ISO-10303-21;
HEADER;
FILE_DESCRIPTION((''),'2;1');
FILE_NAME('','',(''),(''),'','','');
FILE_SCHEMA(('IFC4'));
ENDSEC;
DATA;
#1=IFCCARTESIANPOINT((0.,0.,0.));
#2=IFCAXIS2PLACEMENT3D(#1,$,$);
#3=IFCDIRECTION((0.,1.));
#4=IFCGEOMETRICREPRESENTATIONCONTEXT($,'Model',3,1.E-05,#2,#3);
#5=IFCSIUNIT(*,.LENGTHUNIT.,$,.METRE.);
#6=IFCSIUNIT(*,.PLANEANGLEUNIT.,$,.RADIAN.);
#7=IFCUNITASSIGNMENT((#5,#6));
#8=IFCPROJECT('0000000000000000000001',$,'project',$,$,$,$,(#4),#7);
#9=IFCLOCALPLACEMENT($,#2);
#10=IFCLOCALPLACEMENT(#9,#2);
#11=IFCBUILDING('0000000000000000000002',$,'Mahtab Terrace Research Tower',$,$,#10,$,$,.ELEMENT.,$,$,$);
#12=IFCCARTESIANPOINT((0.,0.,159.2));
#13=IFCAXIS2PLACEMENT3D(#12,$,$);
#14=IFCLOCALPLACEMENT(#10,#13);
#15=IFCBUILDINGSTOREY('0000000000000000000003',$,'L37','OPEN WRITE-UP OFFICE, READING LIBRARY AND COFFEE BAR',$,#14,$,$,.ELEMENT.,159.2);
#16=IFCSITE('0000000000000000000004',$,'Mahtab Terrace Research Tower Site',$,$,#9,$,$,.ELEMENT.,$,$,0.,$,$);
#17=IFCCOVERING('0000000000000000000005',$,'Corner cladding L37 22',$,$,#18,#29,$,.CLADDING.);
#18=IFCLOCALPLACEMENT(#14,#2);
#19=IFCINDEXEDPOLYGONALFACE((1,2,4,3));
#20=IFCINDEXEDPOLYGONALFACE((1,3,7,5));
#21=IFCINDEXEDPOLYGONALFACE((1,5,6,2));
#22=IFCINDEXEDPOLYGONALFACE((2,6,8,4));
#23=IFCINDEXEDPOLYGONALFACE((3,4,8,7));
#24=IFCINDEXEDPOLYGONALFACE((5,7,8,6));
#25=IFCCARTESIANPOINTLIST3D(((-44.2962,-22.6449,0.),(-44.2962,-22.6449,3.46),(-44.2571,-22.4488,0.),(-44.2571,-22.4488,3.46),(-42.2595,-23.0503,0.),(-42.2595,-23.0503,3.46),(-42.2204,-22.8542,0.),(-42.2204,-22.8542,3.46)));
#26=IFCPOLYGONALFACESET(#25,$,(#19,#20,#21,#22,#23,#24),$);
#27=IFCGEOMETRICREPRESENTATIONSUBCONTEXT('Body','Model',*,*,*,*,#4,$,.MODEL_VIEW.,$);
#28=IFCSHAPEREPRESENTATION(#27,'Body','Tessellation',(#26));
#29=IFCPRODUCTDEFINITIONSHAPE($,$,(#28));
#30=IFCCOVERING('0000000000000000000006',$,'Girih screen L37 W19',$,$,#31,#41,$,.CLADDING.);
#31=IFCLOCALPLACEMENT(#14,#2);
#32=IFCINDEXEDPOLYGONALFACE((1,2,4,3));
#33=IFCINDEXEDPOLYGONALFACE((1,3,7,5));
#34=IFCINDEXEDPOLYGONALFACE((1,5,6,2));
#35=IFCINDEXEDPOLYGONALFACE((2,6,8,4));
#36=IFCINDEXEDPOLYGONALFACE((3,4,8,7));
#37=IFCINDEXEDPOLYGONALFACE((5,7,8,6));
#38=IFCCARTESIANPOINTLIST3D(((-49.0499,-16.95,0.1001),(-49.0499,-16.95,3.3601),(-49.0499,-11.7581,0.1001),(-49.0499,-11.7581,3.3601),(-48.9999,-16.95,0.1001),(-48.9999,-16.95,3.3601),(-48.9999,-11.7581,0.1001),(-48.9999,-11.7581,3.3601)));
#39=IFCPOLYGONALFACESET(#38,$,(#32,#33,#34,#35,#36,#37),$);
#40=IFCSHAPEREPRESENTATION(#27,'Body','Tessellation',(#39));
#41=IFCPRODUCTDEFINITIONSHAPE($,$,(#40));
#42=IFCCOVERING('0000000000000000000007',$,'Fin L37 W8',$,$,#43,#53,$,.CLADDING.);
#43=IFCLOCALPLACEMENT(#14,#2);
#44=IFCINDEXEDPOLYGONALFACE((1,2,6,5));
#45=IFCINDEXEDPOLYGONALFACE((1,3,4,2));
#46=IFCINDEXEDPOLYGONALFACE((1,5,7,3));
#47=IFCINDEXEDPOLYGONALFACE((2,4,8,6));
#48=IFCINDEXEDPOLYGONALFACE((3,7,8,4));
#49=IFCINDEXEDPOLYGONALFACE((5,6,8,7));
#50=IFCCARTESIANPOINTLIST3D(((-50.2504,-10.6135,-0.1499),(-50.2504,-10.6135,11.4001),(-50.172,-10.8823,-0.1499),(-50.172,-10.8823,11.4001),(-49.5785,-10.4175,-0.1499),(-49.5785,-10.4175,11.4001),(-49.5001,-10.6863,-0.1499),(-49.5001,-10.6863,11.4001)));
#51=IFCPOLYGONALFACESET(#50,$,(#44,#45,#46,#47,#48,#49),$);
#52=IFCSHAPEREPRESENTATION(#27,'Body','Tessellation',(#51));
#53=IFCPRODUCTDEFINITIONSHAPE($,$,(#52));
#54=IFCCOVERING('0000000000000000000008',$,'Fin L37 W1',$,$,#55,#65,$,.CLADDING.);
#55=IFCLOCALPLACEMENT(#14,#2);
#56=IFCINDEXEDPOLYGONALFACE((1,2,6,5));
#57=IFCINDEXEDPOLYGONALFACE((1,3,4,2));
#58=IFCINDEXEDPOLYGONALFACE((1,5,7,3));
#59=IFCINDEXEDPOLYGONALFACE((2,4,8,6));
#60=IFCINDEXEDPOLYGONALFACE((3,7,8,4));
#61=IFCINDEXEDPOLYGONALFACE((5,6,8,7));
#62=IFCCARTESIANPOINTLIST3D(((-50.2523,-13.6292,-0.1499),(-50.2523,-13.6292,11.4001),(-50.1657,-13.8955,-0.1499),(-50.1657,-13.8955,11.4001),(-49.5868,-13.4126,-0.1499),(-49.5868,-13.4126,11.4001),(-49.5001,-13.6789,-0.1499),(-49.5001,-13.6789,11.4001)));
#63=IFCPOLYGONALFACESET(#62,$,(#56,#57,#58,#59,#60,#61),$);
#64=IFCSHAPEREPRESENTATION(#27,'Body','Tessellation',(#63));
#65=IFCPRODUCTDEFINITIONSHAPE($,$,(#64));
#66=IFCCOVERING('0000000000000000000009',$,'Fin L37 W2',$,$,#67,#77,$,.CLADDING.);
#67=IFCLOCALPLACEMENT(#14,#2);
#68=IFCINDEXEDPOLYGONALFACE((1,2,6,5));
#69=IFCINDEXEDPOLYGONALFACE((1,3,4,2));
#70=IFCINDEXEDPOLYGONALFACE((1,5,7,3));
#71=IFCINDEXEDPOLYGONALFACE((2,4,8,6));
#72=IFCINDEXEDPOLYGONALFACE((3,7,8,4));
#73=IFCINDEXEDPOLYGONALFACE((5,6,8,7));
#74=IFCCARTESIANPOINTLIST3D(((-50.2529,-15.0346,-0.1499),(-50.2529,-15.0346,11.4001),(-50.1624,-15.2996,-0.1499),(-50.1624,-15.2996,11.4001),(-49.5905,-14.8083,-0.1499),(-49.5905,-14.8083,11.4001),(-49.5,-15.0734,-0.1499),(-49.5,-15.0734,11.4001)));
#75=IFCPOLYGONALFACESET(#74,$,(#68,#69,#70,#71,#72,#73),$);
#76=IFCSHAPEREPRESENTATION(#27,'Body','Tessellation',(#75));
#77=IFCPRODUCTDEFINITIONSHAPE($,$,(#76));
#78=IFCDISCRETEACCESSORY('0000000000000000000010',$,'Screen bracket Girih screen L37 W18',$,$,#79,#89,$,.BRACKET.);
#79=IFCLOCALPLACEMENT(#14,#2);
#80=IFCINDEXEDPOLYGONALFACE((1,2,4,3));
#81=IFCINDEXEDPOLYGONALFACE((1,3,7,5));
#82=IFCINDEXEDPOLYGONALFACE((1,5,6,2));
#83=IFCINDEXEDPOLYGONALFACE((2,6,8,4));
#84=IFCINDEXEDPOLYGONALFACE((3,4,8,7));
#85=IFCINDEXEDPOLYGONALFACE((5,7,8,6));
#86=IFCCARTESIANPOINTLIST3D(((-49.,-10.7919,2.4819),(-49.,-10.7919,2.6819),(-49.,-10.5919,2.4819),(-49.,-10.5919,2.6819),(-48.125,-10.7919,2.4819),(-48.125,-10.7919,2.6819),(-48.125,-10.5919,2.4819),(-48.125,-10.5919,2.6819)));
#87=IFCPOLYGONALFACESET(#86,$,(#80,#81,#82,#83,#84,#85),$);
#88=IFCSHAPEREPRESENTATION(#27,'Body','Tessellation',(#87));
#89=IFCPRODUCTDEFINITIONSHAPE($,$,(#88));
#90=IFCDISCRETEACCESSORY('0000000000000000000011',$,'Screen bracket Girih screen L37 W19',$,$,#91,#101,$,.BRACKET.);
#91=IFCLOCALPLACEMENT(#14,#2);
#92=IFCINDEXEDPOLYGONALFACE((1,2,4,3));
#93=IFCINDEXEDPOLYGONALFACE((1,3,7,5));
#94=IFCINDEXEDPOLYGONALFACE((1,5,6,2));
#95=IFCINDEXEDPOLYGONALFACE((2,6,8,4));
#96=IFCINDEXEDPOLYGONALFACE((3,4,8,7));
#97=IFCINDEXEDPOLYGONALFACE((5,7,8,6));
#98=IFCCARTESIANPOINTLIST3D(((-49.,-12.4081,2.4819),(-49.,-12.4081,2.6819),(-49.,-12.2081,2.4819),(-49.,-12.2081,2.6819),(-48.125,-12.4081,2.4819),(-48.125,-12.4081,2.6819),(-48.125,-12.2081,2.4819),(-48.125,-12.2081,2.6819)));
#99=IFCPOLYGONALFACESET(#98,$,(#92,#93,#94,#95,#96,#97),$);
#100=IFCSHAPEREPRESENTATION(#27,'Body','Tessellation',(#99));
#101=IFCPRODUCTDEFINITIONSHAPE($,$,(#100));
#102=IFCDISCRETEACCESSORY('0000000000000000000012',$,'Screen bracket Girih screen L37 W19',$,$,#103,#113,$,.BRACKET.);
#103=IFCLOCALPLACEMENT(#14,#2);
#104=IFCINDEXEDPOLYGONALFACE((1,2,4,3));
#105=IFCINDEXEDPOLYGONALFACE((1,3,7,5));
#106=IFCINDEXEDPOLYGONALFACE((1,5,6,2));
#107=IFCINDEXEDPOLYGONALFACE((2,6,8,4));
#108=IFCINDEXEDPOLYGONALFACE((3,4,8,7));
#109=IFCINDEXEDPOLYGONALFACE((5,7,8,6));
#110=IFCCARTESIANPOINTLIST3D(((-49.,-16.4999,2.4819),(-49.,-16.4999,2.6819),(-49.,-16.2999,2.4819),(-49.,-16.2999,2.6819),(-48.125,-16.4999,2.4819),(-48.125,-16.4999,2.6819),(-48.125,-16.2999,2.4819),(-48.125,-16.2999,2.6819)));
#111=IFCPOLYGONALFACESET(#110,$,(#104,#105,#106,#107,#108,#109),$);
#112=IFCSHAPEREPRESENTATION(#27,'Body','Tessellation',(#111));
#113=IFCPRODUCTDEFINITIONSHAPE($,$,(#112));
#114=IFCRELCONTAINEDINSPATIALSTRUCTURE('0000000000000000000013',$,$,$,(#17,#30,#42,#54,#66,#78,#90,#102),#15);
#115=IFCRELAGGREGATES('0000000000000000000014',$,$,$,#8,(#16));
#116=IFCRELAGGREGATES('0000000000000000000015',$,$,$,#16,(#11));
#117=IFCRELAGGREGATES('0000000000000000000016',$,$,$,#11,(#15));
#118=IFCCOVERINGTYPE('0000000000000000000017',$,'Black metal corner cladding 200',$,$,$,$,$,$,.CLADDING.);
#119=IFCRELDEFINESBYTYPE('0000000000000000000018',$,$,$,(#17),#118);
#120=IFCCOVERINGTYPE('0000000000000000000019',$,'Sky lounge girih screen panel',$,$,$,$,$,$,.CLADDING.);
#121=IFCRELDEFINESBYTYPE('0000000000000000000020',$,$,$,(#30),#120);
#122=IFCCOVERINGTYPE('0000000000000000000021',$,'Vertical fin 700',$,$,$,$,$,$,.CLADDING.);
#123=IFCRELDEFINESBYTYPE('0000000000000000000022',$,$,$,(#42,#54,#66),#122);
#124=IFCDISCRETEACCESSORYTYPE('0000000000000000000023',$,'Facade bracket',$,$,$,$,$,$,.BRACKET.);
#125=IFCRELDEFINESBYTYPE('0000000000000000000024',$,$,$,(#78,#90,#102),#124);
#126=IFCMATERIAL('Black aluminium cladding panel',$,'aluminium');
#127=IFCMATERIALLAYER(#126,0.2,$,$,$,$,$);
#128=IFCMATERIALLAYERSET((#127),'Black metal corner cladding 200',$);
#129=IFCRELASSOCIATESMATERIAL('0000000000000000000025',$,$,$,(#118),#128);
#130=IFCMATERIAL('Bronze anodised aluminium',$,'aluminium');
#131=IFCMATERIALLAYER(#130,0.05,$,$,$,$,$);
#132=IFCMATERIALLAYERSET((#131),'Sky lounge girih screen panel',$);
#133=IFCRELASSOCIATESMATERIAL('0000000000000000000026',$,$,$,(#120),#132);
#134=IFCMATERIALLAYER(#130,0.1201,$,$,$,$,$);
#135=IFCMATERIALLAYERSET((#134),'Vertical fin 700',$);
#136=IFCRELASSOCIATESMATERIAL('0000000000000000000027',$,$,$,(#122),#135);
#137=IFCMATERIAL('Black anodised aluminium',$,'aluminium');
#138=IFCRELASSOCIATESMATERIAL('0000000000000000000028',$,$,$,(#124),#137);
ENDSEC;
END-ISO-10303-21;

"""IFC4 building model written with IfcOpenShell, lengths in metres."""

from ifc_helpers import new_model, si_unit, direction, frame, origin, origin_2d, place, context, subcontext, project, spatial, rectangle, extrude, material, layer, layer_set, type_object, element, save


model = new_model("IFC4")

# Units and contexts
model_context = context("Model", 3, precision=1e-05, world=origin(), true_north=direction((0.0, 1.0)))
body_context = subcontext(model_context, "Body", "Model", "MODEL_VIEW")
ifc_project = project(units=[si_unit("LENGTHUNIT", "METRE"), si_unit("PLANEANGLEUNIT", "RADIAN")], contexts=[model_context])

# Site, building, storey
site_placement = place(None, origin())
site = spatial("IfcSite", under=ifc_project, at=site_placement, Name="Mahtab Terrace Research Tower Site", CompositionType="ELEMENT", RefElevation=0.0)
building_placement = place(site_placement, origin())
building = spatial("IfcBuilding", under=site, at=building_placement, Name="Mahtab Terrace Research Tower", CompositionType="ELEMENT")
storey_placement = place(building_placement, frame((0.0, 0.0, 159.2)))
storey = spatial("IfcBuildingStorey", under=building, at=storey_placement, Name="L37", Description="OPEN WRITE-UP OFFICE, READING LIBRARY AND COFFEE BAR", CompositionType="ELEMENT", Elevation=159.2)

# Coverings
ifc_material_1 = material(Name="Black aluminium cladding panel", Category="aluminium")
ifc_layer_1 = layer(ifc_material_1, 0.2)
ifc_layer_set_1 = layer_set([ifc_layer_1], Name="Black metal corner cladding 200")
covering_type_1 = type_object("IfcCoveringType", Name="Black metal corner cladding 200", PredefinedType="CLADDING", material=ifc_layer_set_1)
covering_1_placement = place(storey_placement, frame((-43.2583, -22.7495, 0.0), z_axis=(0.0, 0.0, 1.0), x_axis=(0.980761, -0.195212, 0.0)))
element("IfcCovering", 1, at=covering_1_placement, inside=storey, type_object=covering_type_1, Name="Corner cladding L37 22", PredefinedType="CLADDING", context=body_context, shape_type="SweptSolid", body=[
    extrude(rectangle(XDim=2.0767, YDim=0.2, at=origin_2d()), origin(), (0.0, 0.0, 1.0), 3.46),
])
ifc_material_2 = material(Name="Bronze anodised aluminium", Category="aluminium")
ifc_layer_2 = layer(ifc_material_2, 0.05)
ifc_layer_set_2 = layer_set([ifc_layer_2], Name="Sky lounge girih screen panel")
covering_type_2 = type_object("IfcCoveringType", Name="Sky lounge girih screen panel", PredefinedType="CLADDING", material=ifc_layer_set_2)
covering_2_placement = place(storey_placement, frame((-49.0249, -14.354, 0.1001), z_axis=(0.0, 0.0, 1.0), x_axis=(0.0, -1.0, 0.0)))
element("IfcCovering", 2, at=covering_2_placement, inside=storey, type_object=covering_type_2, Name="Girih screen L37 W19", PredefinedType="CLADDING", context=body_context, shape_type="SweptSolid", body=[
    extrude(rectangle(XDim=5.1919, YDim=0.05, at=origin_2d()), origin(), (0.0, 0.0, 1.0), 3.26),
])
ifc_layer_3 = layer(ifc_material_2, 0.1201)
ifc_layer_set_3 = layer_set([ifc_layer_3], Name="Vertical fin 700")
covering_type_3 = type_object("IfcCoveringType", Name="Vertical fin 700", PredefinedType="CLADDING", material=ifc_layer_set_3)
for number, where, z_axis, x_axis, name in (
    (3, (-49.8752, -10.6499, -0.1499), (0.0, 0.0, 1.0), (0.280075, -0.959978, 0.0), "Fin L37 W8"),
    (4, (-49.8762, -13.6541, -0.1499), (0.0, 0.0, 1.0), (0.309544, -0.950885, 0.0), "Fin L37 W1"),
    (5, (-49.8765, -15.054, -0.1499), (0.0, 0.0, 1.0), (0.323179, -0.946338, 0.0), "Fin L37 W2"),
):
    element("IfcCovering", number, at=place(storey_placement, frame(where, z_axis=z_axis, x_axis=x_axis)), inside=storey, type_object=covering_type_3, Name=name, PredefinedType="CLADDING", context=body_context, shape_type="SweptSolid", body=[
        extrude(rectangle(XDim=0.28, YDim=0.7, at=origin_2d()), origin(), (0.0, 0.0, 1.0), 11.55),
    ])

# Discrete accessories
ifc_material_3 = material(Name="Black anodised aluminium", Category="aluminium")
discrete_accessory_type = type_object("IfcDiscreteAccessoryType", Name="Facade bracket", PredefinedType="BRACKET", material=ifc_material_3)
for number, where, z_axis, x_axis, name in (
    (6, (-48.5625, -10.6919, 2.4819), (0.0, 0.0, 1.0), (0.0, -1.0, 0.0), "Screen bracket Girih screen L37 W18"),
    (7, (-48.5625, -12.3081, 2.4819), (0.0, 0.0, 1.0), (0.0, -1.0, 0.0), "Screen bracket Girih screen L37 W19"),
    (8, (-48.5625, -16.3999, 2.4819), (0.0, 0.0, 1.0), (0.0, -1.0, 0.0), "Screen bracket Girih screen L37 W19"),
):
    element("IfcDiscreteAccessory", number, at=place(storey_placement, frame(where, z_axis=z_axis, x_axis=x_axis)), inside=storey, type_object=discrete_accessory_type, Name=name, PredefinedType="BRACKET", context=body_context, shape_type="SweptSolid", body=[
        extrude(rectangle(XDim=0.2, YDim=0.875, at=origin_2d()), origin(), (0.0, 0.0, 1.0), 0.2),
    ])

save(model, "model.ifc")
